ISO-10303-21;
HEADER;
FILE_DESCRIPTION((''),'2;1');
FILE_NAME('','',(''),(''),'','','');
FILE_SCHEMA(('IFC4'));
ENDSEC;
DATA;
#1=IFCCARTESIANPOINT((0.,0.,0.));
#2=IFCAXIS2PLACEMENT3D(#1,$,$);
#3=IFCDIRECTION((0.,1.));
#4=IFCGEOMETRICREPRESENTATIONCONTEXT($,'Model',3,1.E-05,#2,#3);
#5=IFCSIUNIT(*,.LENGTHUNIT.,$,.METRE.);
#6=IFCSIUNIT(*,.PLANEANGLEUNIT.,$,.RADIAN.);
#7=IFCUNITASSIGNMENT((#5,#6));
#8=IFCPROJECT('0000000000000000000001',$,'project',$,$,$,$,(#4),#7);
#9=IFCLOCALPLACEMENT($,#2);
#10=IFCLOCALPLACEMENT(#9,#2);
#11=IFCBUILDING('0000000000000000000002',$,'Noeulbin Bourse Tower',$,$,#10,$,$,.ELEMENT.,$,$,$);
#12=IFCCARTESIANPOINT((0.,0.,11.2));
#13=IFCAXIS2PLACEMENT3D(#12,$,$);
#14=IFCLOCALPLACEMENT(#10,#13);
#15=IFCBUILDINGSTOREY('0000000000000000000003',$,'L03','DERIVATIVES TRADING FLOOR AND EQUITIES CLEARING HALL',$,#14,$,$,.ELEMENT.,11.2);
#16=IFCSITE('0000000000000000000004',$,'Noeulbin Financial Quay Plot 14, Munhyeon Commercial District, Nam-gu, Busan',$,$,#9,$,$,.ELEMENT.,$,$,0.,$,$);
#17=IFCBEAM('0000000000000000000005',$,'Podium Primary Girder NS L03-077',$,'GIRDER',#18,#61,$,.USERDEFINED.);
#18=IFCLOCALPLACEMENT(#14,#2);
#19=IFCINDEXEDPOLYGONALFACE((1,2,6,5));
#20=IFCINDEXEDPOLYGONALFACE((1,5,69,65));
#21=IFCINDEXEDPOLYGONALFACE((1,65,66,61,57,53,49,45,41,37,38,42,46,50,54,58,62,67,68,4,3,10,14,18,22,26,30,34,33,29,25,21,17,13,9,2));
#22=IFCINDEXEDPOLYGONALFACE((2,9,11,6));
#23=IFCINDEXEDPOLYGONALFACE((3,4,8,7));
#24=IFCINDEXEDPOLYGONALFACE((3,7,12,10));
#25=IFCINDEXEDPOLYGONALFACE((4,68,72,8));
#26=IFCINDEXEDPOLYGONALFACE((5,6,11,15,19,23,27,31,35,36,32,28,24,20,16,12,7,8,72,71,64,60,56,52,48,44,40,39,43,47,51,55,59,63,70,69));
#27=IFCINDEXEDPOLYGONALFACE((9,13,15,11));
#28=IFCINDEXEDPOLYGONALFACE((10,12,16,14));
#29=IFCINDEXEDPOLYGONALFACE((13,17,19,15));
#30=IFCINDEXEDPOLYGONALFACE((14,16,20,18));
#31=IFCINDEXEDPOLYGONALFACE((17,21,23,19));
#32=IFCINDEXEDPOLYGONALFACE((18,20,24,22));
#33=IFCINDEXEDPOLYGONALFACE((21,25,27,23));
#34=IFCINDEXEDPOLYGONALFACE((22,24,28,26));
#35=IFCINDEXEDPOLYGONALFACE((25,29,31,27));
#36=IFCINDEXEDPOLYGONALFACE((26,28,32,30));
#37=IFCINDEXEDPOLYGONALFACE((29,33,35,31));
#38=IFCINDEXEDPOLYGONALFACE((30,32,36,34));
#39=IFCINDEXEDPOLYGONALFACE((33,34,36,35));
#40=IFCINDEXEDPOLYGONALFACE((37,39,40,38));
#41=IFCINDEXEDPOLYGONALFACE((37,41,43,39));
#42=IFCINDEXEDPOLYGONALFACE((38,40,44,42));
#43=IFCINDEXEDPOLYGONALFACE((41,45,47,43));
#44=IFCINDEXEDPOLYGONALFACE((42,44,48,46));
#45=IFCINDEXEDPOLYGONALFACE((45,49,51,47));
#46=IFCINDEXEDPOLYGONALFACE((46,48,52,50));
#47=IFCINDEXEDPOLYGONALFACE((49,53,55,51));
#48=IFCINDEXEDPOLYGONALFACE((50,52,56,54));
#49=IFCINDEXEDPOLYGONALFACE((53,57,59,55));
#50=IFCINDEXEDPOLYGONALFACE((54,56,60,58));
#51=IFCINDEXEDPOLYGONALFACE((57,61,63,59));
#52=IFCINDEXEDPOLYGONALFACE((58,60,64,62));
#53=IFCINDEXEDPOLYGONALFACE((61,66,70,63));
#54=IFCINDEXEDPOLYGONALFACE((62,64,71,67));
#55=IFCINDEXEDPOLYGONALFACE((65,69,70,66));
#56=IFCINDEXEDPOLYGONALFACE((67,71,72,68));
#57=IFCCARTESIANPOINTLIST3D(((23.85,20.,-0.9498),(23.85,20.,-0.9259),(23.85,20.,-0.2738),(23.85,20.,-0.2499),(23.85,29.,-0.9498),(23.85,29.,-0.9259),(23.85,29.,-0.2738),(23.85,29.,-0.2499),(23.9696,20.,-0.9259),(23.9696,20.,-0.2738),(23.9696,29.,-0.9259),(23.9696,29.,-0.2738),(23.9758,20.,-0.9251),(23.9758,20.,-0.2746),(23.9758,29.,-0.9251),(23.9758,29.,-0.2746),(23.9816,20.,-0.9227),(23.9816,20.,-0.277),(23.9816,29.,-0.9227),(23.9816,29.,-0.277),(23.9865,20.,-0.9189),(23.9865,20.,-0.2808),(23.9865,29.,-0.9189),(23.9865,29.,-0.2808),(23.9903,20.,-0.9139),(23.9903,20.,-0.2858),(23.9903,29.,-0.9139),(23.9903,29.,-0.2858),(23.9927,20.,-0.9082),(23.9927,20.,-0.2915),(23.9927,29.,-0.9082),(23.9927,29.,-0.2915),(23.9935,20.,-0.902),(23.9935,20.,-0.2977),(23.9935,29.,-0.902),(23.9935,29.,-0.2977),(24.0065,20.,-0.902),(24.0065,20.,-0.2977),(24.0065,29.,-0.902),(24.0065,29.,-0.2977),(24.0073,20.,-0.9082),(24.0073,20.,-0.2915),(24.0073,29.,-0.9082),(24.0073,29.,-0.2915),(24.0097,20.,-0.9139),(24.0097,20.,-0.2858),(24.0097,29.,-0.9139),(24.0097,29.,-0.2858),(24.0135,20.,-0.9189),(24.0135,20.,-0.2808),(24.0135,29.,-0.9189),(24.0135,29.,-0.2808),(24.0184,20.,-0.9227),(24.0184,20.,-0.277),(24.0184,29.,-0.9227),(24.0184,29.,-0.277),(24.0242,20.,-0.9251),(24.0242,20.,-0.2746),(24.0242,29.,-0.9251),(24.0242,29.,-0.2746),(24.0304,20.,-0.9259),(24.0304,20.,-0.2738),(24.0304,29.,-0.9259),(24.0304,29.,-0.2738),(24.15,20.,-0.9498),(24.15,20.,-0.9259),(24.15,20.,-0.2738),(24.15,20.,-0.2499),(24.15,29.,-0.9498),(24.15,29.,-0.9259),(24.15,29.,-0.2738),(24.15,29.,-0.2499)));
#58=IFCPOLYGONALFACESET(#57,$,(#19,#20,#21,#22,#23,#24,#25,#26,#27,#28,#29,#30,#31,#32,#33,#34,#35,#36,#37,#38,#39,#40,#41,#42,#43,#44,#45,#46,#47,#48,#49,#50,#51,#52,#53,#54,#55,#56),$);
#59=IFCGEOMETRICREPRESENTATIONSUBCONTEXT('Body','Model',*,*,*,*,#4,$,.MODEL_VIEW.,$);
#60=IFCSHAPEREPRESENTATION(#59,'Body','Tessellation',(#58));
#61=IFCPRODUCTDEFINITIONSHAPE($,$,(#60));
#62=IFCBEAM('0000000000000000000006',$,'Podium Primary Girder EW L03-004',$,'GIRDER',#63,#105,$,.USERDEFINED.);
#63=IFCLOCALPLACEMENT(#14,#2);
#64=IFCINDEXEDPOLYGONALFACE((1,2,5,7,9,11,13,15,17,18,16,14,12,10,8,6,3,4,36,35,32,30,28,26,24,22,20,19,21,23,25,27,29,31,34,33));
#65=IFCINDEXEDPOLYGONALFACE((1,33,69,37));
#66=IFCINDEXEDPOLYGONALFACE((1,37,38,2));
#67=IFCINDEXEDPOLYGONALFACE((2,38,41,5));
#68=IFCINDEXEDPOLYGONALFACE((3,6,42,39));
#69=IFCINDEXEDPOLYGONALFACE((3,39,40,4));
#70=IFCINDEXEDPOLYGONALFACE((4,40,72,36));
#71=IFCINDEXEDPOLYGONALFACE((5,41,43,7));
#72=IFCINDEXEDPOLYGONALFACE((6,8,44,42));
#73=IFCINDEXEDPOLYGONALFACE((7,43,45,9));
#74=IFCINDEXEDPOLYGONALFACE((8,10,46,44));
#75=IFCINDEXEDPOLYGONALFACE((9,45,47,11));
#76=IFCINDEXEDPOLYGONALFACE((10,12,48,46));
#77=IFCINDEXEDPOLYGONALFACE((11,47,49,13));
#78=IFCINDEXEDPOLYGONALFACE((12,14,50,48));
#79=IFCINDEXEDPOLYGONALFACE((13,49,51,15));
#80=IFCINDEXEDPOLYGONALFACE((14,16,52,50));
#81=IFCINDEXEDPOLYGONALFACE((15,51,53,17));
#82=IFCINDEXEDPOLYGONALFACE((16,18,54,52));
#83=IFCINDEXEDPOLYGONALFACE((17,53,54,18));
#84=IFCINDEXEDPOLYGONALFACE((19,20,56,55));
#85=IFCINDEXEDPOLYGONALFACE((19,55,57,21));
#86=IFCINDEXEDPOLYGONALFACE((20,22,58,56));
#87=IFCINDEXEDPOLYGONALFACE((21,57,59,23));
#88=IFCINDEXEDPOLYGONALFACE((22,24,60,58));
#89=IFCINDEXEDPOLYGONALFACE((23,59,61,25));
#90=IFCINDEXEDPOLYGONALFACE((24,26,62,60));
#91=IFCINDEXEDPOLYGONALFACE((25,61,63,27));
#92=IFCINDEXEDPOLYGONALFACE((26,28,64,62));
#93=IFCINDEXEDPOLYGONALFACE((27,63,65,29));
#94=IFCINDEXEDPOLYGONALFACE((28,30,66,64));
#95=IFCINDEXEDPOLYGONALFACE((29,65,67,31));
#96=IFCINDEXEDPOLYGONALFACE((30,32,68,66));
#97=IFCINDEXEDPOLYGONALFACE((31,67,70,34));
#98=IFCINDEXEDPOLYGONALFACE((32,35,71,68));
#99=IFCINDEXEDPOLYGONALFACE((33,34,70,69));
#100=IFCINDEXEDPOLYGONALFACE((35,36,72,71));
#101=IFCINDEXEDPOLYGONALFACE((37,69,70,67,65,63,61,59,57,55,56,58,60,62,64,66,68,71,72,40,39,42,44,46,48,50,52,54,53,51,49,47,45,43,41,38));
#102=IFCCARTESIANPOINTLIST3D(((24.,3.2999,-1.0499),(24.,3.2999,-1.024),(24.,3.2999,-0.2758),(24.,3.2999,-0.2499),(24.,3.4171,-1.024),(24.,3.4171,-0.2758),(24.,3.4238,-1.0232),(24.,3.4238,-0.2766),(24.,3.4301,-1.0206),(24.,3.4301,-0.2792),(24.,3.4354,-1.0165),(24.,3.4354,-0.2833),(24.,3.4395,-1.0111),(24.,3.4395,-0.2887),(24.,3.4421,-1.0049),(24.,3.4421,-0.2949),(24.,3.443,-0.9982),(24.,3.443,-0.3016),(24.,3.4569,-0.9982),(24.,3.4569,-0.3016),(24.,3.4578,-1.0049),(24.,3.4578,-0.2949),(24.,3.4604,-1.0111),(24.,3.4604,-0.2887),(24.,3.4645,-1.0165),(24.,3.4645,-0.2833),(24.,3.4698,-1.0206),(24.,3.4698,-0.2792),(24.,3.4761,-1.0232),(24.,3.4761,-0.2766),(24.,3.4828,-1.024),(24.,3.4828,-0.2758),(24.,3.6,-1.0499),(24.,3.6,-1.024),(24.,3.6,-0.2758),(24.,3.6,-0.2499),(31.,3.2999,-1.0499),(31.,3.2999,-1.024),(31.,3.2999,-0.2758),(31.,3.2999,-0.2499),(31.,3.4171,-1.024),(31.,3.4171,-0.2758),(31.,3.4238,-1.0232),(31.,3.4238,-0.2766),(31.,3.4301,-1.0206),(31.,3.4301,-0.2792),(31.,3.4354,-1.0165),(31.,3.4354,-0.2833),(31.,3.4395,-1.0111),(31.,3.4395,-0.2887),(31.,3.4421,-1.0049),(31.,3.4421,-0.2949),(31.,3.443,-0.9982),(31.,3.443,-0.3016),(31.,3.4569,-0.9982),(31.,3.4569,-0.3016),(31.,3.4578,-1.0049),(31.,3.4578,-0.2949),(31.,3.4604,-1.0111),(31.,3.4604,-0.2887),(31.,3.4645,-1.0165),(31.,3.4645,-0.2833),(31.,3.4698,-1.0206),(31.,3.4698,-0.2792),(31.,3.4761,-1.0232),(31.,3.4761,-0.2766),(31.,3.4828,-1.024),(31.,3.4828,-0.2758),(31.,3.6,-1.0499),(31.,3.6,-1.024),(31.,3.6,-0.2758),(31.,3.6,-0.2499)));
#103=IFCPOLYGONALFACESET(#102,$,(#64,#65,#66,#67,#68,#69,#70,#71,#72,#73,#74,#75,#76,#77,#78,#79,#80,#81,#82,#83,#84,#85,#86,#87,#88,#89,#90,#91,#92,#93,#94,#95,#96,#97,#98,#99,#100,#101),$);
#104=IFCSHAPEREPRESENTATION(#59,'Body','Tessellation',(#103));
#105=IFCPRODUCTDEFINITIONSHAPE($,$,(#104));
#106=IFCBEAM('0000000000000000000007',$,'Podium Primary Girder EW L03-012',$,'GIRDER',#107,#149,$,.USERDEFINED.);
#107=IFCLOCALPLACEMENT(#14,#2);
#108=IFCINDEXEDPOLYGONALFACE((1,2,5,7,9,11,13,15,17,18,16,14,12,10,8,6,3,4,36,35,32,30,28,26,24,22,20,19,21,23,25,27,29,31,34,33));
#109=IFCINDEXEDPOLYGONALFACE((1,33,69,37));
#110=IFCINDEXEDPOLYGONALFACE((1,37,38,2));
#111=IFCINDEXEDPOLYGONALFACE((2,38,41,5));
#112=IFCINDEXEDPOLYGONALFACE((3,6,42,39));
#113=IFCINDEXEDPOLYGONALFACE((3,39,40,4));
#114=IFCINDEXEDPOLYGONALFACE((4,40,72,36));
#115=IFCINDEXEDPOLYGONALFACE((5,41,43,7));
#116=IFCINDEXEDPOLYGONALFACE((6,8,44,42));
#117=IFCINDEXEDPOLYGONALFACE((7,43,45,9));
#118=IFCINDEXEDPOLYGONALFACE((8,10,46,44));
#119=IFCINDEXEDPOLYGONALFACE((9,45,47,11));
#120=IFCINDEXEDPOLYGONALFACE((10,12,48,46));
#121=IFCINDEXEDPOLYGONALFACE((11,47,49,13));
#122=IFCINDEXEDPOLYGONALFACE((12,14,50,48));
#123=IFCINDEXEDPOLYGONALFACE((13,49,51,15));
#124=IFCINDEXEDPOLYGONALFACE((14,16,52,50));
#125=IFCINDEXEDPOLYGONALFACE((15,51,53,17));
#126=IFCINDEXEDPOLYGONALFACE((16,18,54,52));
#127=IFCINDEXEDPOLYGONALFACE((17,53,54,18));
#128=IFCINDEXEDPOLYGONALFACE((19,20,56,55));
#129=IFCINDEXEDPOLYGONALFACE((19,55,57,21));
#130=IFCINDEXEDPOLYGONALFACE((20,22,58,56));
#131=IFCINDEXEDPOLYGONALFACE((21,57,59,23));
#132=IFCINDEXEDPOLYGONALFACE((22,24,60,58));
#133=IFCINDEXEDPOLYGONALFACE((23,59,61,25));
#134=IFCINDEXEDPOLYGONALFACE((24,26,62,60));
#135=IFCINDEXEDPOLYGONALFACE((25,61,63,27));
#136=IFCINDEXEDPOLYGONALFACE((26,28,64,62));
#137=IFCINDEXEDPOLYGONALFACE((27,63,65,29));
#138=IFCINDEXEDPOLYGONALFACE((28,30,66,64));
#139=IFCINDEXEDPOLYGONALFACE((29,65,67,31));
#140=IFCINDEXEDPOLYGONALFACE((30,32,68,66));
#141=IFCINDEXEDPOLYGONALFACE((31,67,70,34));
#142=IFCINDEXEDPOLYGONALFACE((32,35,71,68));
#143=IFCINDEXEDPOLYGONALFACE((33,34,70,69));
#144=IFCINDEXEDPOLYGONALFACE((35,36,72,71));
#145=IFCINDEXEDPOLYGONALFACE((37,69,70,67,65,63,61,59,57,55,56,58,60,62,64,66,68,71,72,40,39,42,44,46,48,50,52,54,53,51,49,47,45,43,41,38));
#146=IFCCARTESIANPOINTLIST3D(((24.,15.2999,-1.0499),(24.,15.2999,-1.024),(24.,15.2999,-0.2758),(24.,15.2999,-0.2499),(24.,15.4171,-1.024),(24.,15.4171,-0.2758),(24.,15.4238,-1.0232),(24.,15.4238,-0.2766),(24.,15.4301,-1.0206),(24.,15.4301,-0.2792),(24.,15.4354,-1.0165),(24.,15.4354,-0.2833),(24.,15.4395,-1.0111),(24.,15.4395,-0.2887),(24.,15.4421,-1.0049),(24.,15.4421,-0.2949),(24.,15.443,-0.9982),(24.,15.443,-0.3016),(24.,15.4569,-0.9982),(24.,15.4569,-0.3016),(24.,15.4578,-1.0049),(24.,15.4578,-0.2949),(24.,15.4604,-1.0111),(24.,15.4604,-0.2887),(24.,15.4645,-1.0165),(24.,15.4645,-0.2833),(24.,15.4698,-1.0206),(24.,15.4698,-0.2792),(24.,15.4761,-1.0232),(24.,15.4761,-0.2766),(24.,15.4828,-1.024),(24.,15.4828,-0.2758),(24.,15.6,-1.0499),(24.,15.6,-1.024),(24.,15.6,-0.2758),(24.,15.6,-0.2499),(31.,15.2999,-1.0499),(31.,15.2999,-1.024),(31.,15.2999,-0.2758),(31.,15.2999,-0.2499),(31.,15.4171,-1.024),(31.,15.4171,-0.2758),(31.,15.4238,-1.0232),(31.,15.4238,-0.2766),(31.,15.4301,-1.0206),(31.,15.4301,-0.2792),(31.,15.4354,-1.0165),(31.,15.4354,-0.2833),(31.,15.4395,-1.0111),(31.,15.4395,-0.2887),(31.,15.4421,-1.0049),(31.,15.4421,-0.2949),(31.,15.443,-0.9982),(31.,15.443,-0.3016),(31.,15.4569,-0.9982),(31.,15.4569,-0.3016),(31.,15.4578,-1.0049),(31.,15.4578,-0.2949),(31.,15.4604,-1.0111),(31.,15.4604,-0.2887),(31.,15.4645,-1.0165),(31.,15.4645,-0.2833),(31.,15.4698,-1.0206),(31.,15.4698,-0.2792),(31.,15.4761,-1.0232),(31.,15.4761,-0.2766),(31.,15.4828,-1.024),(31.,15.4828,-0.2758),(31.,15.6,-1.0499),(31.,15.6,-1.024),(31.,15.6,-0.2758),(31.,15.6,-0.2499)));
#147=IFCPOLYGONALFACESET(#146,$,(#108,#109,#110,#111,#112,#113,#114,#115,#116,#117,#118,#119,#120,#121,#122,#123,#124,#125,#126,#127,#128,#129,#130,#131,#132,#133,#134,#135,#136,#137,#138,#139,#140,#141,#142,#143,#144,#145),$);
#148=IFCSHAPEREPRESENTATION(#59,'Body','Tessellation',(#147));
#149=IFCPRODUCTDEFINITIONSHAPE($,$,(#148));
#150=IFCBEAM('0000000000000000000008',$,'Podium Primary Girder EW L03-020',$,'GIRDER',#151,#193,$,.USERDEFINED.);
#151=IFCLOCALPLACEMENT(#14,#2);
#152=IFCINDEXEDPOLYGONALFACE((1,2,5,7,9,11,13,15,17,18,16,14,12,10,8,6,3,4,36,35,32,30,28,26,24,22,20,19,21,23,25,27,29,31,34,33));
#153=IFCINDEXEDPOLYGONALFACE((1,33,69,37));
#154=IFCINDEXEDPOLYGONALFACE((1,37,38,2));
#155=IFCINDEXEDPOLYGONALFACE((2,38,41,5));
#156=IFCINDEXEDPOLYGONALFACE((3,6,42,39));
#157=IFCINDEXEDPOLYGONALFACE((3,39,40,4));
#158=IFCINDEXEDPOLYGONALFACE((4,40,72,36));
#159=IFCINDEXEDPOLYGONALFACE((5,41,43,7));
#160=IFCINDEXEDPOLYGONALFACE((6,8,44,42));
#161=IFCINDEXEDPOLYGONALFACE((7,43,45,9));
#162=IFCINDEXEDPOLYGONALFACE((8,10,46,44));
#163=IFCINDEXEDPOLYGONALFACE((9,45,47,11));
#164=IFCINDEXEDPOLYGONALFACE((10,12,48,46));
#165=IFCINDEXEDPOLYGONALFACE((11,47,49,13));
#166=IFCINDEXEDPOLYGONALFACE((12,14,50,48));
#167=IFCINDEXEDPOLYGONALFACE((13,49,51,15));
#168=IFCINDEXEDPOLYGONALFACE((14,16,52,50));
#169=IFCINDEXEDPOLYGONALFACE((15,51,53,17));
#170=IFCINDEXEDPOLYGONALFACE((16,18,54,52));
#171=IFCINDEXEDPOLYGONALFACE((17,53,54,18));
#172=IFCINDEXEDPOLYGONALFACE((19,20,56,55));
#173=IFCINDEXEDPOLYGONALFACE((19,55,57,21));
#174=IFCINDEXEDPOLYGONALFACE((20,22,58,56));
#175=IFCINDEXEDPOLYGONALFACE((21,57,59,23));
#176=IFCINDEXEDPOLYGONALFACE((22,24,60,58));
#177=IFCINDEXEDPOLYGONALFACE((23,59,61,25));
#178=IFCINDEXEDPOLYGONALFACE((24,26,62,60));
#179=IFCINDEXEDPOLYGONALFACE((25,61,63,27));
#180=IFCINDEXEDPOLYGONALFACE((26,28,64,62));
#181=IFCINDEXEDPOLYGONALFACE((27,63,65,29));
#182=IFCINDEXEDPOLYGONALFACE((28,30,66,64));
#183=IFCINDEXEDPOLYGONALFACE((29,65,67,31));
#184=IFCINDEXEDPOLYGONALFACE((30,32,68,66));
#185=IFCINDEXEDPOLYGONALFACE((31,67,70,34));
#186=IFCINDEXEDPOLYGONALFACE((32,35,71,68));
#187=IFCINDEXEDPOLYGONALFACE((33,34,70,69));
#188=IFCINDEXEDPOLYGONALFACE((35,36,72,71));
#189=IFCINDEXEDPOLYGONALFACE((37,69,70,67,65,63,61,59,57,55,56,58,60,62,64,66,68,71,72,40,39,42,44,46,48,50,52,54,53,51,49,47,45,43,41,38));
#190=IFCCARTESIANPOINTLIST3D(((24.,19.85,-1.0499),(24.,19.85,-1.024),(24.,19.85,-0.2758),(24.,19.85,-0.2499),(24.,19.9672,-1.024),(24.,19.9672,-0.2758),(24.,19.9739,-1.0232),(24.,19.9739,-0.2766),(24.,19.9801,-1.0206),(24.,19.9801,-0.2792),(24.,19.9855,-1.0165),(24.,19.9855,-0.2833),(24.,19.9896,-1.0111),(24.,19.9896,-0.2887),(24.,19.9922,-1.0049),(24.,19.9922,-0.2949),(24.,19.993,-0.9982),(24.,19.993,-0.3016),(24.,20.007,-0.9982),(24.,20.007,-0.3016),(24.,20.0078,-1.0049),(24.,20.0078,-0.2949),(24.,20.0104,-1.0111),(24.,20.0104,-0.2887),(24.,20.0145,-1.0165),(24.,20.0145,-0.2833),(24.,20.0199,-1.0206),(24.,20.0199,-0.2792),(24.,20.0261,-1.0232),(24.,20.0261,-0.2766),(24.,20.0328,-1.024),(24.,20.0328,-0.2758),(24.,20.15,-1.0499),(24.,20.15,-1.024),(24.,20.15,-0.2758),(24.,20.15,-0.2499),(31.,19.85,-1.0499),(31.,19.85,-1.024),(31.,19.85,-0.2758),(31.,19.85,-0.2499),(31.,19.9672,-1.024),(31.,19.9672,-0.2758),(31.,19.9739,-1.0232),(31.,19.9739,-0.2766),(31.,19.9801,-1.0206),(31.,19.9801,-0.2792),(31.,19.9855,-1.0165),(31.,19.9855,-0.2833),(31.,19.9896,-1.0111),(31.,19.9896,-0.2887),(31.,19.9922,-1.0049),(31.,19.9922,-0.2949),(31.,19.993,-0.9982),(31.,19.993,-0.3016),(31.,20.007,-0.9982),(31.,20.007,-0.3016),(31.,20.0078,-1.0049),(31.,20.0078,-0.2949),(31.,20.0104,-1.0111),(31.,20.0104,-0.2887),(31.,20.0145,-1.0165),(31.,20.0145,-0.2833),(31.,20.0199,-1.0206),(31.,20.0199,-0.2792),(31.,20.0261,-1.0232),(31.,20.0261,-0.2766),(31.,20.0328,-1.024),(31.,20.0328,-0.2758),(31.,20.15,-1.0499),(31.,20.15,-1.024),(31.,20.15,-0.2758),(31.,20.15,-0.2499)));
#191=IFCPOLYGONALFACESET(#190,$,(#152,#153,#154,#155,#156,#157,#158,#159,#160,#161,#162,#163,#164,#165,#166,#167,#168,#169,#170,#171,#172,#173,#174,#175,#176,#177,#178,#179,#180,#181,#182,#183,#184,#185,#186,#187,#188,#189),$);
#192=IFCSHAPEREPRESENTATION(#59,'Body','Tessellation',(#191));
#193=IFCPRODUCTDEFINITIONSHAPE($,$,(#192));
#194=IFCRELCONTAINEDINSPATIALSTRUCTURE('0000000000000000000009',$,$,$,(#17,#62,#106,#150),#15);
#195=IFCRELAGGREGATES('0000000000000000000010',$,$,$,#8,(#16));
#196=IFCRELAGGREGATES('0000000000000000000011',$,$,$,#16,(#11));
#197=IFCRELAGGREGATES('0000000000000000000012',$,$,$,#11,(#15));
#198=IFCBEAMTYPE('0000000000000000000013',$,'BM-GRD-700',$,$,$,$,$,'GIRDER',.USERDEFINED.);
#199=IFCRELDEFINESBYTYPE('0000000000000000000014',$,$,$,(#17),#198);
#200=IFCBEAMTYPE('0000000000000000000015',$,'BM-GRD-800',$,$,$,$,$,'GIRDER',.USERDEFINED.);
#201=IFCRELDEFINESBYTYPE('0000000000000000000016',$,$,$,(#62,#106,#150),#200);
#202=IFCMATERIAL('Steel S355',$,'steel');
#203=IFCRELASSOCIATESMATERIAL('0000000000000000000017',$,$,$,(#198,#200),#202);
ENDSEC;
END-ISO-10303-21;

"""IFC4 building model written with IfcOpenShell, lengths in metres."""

from ifc_helpers import new_model, si_unit, direction, frame, origin, origin_2d, place, context, subcontext, project, spatial, i_section, extrude, material, material_profile, profile_set, type_object, element, save


model = new_model("IFC4")

# Units and contexts
model_context = context("Model", 3, precision=1e-05, world=origin(), true_north=direction((0.0, 1.0)))
body_context = subcontext(model_context, "Body", "Model", "MODEL_VIEW")
ifc_project = project(units=[si_unit("LENGTHUNIT", "METRE"), si_unit("PLANEANGLEUNIT", "RADIAN")], contexts=[model_context])

# Site, building, storey
site_placement = place(None, origin())
site = spatial("IfcSite", under=ifc_project, at=site_placement, Name="Noeulbin Financial Quay Plot 14, Munhyeon Commercial District, Nam-gu, Busan", CompositionType="ELEMENT", RefElevation=0.0)
building_placement = place(site_placement, origin())
building = spatial("IfcBuilding", under=site, at=building_placement, Name="Noeulbin Bourse Tower", CompositionType="ELEMENT")
storey_placement = place(building_placement, frame((0.0, 0.0, 11.2)))
storey = spatial("IfcBuildingStorey", under=building, at=storey_placement, Name="L03", Description="DERIVATIVES TRADING FLOOR AND EQUITIES CLEARING HALL", CompositionType="ELEMENT", Elevation=11.2)

# Beams
ifc_material_1 = material(Name="Steel S355", Category="steel")
ifc_material_profile_1 = material_profile(ifc_material_1, i_section(OverallWidth=0.3, OverallDepth=0.7, WebThickness=0.0129, FlangeThickness=0.0239, FilletRadius=0.0239, at=origin_2d()), Name="H-700x300x13x24", Category="LoadBearing")
ifc_profile_set_1 = profile_set([ifc_material_profile_1], Name="Steel S355")
beam_type_1 = type_object("IfcBeamType", Name="BM-GRD-700", ElementType="GIRDER", PredefinedType="USERDEFINED", material=ifc_profile_set_1)
beam_1_placement = place(storey_placement, frame((24.0, 20.0, -0.5999), z_axis=(0.0, 1.0, 0.0), x_axis=(-1.0, 0.0, 0.0)))
element("IfcBeam", 1, at=beam_1_placement, inside=storey, type_object=beam_type_1, Name="Podium Primary Girder NS L03-077", ObjectType="GIRDER", PredefinedType="USERDEFINED", context=body_context, shape_type="SweptSolid", body=[
    extrude(i_section(OverallWidth=0.3, OverallDepth=0.7, WebThickness=0.0129, FlangeThickness=0.0239, FilletRadius=0.0239, at=origin_2d()), origin(), (0.0, 0.0, 1.0), 9.0),
])
ifc_material_profile_2 = material_profile(ifc_material_1, i_section(OverallWidth=0.3, OverallDepth=0.8, WebThickness=0.0139, FlangeThickness=0.0259, FilletRadius=0.0259, at=origin_2d()), Name="H-800x300x14x26", Category="LoadBearing")
ifc_profile_set_2 = profile_set([ifc_material_profile_2], Name="Steel S355")
beam_type_2 = type_object("IfcBeamType", Name="BM-GRD-800", ElementType="GIRDER", PredefinedType="USERDEFINED", material=ifc_profile_set_2)
for number, where, z_axis, x_axis, name in (
    (2, (24.0, 3.45, -0.6499), (1.0, 0.0, 0.0), (0.0, 1.0, 0.0), "Podium Primary Girder EW L03-004"),
    (3, (24.0, 15.45, -0.6499), (1.0, 0.0, 0.0), (0.0, 1.0, 0.0), "Podium Primary Girder EW L03-012"),
    (4, (24.0, 20.0, -0.6499), (1.0, 0.0, 0.0), (0.0, 1.0, 0.0), "Podium Primary Girder EW L03-020"),
):
    element("IfcBeam", number, at=place(storey_placement, frame(where, z_axis=z_axis, x_axis=x_axis)), inside=storey, type_object=beam_type_2, Name=name, ObjectType="GIRDER", PredefinedType="USERDEFINED", context=body_context, shape_type="SweptSolid", body=[
        extrude(i_section(OverallWidth=0.3, OverallDepth=0.8, WebThickness=0.0139, FlangeThickness=0.0259, FilletRadius=0.0259, at=origin_2d()), origin(), (0.0, 0.0, 1.0), 7.0),
    ])

save(model, "model.ifc")
